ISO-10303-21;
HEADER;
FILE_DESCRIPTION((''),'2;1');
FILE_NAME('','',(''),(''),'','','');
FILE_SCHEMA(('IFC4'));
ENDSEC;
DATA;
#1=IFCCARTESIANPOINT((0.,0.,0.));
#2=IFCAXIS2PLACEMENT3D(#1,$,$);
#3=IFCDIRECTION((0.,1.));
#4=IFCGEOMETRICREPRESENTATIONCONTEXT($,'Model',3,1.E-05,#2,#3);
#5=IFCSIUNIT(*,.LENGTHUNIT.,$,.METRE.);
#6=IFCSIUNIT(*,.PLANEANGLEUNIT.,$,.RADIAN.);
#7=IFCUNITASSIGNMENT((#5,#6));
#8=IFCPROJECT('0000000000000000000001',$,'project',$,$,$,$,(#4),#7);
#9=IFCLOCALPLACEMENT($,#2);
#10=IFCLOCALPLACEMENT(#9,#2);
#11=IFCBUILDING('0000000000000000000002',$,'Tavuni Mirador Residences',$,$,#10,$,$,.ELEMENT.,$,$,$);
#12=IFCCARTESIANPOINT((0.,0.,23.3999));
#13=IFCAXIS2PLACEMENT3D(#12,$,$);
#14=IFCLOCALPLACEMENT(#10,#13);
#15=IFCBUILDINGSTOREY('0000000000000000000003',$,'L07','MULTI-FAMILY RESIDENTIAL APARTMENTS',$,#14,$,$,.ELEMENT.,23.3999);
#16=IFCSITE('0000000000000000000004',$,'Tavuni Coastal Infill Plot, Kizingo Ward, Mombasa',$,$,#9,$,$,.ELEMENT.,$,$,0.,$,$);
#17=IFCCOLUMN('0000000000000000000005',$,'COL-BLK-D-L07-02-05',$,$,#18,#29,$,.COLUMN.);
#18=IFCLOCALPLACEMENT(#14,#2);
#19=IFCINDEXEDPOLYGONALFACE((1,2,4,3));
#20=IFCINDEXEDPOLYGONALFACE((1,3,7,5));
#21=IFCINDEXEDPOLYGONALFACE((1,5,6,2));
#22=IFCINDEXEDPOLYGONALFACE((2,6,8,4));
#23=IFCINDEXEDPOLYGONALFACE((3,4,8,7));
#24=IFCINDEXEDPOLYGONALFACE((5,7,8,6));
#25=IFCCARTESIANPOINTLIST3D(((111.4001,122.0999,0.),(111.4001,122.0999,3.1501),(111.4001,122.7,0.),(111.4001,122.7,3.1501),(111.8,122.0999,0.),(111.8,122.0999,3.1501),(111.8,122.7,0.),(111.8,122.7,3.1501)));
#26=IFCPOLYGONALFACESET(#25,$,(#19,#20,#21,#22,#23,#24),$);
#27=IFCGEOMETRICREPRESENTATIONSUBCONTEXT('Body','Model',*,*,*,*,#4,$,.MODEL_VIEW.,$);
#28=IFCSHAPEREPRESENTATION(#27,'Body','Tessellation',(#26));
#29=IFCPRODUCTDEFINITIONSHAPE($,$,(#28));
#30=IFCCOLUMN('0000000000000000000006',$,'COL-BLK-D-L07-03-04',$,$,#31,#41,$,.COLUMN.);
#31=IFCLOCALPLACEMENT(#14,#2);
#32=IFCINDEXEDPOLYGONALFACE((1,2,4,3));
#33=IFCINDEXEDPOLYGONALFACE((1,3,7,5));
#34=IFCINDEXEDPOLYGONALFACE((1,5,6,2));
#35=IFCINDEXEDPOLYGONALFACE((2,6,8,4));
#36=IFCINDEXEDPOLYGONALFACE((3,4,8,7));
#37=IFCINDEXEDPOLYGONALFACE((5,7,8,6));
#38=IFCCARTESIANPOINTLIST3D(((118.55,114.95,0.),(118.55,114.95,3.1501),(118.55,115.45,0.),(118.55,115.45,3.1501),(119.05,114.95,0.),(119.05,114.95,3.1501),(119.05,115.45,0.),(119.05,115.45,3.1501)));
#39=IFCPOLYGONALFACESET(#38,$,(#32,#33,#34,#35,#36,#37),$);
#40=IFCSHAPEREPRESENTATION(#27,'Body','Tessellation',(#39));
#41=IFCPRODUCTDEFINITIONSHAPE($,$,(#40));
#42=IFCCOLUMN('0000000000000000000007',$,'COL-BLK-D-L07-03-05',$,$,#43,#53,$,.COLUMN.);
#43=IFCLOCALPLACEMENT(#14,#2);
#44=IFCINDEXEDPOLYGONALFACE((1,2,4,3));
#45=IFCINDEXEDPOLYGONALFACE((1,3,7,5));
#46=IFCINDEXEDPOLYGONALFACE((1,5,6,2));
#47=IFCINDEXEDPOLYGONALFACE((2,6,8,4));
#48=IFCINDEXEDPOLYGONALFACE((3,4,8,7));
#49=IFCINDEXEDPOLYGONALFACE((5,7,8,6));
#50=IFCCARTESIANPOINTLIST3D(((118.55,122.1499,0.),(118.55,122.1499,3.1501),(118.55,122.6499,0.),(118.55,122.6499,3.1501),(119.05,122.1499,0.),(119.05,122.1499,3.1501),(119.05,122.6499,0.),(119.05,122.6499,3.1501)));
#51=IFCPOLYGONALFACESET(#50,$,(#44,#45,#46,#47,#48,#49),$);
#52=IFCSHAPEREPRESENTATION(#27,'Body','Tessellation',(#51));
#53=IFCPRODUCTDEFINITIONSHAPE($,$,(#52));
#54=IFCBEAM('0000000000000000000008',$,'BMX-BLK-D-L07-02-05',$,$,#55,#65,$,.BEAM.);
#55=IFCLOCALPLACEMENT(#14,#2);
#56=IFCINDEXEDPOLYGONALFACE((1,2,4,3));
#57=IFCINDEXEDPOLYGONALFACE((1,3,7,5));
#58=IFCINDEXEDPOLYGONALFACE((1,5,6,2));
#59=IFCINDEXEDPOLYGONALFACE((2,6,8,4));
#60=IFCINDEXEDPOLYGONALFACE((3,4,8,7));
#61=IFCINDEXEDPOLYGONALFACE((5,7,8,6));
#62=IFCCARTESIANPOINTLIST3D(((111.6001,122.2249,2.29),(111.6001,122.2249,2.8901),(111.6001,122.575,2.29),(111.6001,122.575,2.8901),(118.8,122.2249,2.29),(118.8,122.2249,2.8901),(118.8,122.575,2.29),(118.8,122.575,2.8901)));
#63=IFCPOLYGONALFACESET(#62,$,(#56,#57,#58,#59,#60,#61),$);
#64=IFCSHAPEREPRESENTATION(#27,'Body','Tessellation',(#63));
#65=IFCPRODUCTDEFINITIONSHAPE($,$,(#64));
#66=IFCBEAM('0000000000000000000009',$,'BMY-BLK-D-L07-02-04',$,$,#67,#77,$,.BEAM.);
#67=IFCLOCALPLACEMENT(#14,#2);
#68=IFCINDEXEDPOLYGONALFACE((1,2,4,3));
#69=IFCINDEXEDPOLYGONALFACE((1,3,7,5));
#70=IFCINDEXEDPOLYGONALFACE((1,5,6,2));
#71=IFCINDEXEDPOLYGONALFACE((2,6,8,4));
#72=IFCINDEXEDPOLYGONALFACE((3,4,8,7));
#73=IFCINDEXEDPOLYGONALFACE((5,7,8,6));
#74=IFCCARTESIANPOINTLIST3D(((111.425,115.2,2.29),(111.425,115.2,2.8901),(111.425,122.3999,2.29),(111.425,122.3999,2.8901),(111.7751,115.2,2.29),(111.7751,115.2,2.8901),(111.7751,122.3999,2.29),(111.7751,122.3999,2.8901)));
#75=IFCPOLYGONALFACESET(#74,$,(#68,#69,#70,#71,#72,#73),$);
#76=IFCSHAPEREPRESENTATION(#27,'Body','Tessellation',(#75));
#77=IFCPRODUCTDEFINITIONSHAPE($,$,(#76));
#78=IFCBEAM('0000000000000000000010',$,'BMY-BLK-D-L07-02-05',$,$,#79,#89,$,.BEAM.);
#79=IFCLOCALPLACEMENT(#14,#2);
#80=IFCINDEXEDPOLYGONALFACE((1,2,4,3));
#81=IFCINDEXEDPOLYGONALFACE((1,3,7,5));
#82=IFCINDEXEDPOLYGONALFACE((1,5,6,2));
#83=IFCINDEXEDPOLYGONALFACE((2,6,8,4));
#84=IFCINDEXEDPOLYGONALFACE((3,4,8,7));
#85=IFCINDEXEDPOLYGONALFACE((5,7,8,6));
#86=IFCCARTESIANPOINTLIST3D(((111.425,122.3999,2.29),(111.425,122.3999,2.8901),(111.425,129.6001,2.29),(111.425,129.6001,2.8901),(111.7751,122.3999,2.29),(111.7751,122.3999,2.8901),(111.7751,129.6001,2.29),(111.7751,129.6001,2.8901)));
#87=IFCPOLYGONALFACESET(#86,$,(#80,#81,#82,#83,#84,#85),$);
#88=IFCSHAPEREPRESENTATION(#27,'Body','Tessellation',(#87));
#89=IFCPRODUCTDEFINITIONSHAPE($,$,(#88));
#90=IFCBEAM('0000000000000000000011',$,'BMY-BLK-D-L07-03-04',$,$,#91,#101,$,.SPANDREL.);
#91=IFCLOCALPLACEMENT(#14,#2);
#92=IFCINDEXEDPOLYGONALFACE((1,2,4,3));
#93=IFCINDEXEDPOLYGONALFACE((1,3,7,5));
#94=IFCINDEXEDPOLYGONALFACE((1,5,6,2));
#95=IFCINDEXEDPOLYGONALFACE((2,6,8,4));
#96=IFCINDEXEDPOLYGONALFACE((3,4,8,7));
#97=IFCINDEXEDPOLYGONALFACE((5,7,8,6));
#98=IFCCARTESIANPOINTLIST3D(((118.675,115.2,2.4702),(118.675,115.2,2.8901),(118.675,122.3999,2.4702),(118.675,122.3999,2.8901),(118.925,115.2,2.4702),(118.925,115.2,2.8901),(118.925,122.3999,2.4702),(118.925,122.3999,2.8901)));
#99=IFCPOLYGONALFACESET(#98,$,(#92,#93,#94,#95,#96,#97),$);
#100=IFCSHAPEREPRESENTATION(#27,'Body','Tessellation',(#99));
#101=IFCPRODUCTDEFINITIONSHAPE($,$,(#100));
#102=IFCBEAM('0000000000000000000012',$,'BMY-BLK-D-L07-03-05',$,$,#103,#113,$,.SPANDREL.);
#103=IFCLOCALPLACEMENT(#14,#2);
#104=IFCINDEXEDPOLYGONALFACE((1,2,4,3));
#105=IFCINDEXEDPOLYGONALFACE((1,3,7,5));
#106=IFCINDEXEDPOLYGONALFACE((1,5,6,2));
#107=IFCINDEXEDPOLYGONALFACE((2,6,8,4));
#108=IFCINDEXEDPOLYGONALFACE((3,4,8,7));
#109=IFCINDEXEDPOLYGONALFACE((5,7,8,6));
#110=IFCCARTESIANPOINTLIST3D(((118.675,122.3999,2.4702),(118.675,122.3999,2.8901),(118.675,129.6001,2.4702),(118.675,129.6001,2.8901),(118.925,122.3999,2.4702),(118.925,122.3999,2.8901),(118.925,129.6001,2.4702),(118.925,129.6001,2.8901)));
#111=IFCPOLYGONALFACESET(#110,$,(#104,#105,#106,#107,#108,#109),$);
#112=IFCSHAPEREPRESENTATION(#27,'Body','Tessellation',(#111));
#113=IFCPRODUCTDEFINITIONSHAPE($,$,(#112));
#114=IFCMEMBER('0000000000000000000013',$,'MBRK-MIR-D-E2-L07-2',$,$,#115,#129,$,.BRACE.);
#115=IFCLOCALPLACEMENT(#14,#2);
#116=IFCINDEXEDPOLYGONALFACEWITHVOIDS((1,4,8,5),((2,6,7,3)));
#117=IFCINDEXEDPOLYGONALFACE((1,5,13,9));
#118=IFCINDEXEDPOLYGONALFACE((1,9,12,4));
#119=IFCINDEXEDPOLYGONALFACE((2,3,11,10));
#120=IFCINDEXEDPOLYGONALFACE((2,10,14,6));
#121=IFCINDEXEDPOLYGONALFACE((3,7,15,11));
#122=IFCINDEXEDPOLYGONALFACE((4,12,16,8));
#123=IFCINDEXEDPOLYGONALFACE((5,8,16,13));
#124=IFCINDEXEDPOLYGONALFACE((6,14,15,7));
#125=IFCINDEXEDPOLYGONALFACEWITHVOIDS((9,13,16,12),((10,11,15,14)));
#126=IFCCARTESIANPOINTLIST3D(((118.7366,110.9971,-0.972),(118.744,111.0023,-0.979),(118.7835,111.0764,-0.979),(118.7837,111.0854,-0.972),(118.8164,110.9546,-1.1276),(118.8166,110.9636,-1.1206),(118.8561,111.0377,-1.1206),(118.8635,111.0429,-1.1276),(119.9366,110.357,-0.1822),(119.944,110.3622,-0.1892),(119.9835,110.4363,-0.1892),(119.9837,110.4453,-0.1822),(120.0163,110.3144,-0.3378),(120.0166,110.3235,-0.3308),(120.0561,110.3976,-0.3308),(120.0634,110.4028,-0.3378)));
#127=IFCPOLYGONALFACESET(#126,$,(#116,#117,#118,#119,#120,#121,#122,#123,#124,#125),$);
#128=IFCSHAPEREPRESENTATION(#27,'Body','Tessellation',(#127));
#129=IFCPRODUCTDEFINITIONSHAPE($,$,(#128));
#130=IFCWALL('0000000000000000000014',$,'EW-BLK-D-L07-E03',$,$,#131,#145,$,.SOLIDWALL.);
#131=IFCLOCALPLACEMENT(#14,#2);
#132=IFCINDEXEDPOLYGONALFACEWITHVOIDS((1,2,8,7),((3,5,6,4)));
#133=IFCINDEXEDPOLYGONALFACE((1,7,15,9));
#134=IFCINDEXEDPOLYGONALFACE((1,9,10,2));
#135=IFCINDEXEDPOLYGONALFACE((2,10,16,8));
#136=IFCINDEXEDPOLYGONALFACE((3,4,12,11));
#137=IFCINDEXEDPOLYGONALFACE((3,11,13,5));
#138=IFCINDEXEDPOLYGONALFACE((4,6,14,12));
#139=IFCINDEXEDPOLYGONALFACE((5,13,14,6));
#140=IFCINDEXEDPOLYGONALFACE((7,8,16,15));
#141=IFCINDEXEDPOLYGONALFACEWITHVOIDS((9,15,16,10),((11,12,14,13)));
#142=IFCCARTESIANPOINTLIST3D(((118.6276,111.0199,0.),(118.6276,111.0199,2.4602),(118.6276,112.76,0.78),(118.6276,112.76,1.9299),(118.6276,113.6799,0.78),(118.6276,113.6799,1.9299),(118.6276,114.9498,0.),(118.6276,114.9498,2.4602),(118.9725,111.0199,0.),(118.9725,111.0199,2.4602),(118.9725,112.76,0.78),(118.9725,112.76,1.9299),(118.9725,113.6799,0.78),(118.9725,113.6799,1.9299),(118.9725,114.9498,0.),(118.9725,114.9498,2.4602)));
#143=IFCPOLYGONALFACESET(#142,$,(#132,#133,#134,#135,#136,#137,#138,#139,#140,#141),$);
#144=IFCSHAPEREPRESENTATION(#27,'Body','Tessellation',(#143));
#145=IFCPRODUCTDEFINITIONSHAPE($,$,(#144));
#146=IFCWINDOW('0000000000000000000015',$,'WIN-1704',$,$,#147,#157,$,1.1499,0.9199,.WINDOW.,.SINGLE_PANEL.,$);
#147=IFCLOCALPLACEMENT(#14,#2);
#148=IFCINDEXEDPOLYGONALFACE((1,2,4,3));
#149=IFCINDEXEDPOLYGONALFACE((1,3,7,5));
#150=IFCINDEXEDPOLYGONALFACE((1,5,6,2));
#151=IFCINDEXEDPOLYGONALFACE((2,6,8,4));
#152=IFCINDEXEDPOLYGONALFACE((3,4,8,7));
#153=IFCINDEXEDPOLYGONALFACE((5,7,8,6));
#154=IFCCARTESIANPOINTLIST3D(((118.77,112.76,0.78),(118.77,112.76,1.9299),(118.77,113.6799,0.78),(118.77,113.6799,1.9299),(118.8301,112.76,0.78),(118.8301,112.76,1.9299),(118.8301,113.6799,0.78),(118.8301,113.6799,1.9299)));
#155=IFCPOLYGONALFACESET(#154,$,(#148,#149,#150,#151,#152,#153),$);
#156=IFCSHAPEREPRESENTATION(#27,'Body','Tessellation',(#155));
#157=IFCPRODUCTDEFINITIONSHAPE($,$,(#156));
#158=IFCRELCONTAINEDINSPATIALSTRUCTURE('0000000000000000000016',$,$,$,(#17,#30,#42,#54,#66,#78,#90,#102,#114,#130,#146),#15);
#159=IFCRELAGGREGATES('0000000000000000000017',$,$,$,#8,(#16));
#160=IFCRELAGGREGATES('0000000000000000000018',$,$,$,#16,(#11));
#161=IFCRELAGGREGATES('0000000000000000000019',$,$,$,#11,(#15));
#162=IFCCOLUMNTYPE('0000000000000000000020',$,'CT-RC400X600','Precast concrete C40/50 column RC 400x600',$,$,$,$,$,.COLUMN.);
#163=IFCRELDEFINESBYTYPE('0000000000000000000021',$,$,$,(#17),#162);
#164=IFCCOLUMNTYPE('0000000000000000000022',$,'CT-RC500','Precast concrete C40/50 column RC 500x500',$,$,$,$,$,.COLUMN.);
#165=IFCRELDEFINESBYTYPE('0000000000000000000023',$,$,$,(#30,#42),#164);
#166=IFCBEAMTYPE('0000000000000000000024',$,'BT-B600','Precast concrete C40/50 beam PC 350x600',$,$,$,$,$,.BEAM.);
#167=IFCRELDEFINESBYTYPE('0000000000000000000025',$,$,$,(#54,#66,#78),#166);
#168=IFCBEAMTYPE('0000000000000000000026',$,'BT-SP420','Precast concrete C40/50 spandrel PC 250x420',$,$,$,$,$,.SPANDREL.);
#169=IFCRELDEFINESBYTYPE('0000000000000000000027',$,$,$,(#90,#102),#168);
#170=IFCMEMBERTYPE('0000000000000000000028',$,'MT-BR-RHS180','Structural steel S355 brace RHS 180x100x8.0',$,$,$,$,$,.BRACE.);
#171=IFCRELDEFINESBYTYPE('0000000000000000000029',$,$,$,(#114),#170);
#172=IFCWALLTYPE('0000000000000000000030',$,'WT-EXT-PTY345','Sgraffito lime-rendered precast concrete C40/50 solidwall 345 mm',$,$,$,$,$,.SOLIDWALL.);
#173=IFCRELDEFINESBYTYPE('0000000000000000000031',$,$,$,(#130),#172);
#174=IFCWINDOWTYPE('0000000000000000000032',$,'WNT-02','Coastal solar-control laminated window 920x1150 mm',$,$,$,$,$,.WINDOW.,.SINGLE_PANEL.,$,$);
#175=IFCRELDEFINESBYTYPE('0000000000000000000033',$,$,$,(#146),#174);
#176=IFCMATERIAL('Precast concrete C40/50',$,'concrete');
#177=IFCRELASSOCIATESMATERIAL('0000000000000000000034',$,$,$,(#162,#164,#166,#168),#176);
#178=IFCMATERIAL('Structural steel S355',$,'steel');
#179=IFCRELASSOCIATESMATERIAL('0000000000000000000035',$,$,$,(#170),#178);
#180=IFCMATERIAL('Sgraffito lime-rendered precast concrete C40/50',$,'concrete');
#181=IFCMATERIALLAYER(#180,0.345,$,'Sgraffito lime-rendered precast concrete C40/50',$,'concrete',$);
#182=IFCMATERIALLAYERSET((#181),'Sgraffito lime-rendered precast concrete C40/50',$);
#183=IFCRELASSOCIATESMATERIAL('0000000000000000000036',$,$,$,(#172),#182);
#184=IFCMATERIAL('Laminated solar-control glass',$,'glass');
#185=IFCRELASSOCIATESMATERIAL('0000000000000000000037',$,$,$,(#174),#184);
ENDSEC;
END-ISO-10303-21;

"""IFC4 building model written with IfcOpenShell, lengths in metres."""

from ifc_helpers import new_model, si_unit, direction, frame, frame_2d, origin, origin_2d, place, context, subcontext, project, spatial, rectangle, hollow_rectangle, extrude, material, layer, layer_set, material_profile, profile_set, type_object, element, fill, save


model = new_model("IFC4")

# Units and contexts
model_context = context("Model", 3, precision=1e-05, world=origin(), true_north=direction((0.0, 1.0)))
body_context = subcontext(model_context, "Body", "Model", "MODEL_VIEW")
ifc_project = project(units=[si_unit("LENGTHUNIT", "METRE"), si_unit("PLANEANGLEUNIT", "RADIAN")], contexts=[model_context])

# Site, building, storey
site_placement = place(None, origin())
site = spatial("IfcSite", under=ifc_project, at=site_placement, Name="Tavuni Coastal Infill Plot, Kizingo Ward, Mombasa", CompositionType="ELEMENT", RefElevation=0.0)
building_placement = place(site_placement, origin())
building = spatial("IfcBuilding", under=site, at=building_placement, Name="Tavuni Mirador Residences", CompositionType="ELEMENT")
storey_placement = place(building_placement, frame((0.0, 0.0, 23.3999)))
storey = spatial("IfcBuildingStorey", under=building, at=storey_placement, Name="L07", Description="MULTI-FAMILY RESIDENTIAL APARTMENTS", CompositionType="ELEMENT", Elevation=23.3999)

# Columns
ifc_material_1 = material(Name="Precast concrete C40/50", Category="concrete")
ifc_material_profile_1 = material_profile(ifc_material_1, rectangle(XDim=0.3999, YDim=0.6001, at=origin_2d()), Name="RC 400x600", Category="concrete")
ifc_profile_set_1 = profile_set([ifc_material_profile_1], Name="Precast concrete C40/50")
column_type_1 = type_object("IfcColumnType", Name="CT-RC400X600", Description="Precast concrete C40/50 column RC 400x600", PredefinedType="COLUMN", material=ifc_profile_set_1)
column_placement = place(storey_placement, frame((111.6001, 122.3999, 0.0), z_axis=(0.0, 0.0, 1.0), x_axis=(1.0, 0.0, 0.0)))
element("IfcColumn", 1, at=column_placement, inside=storey, type_object=column_type_1, Name="COL-BLK-D-L07-02-05", PredefinedType="COLUMN", context=body_context, shape_type="SweptSolid", body=[
    extrude(rectangle(XDim=0.3999, YDim=0.6001, at=origin_2d()), origin(), (0.0, 0.0, 1.0), 3.1501),
])
ifc_material_profile_2 = material_profile(ifc_material_1, rectangle(XDim=0.5, YDim=0.5, at=origin_2d()), Name="RC 500x500", Category="concrete")
ifc_profile_set_2 = profile_set([ifc_material_profile_2], Name="Precast concrete C40/50")
column_type_2 = type_object("IfcColumnType", Name="CT-RC500", Description="Precast concrete C40/50 column RC 500x500", PredefinedType="COLUMN", material=ifc_profile_set_2)
for number, where, z_axis, x_axis, name in (
    (2, (118.8, 115.2, 0.0), (0.0, 0.0, 1.0), (1.0, 0.0, 0.0), "COL-BLK-D-L07-03-04"),
    (3, (118.8, 122.3999, 0.0), (0.0, 0.0, 1.0), (1.0, 0.0, 0.0), "COL-BLK-D-L07-03-05"),
):
    element("IfcColumn", number, at=place(storey_placement, frame(where, z_axis=z_axis, x_axis=x_axis)), inside=storey, type_object=column_type_2, Name=name, PredefinedType="COLUMN", context=body_context, shape_type="SweptSolid", body=[
        extrude(rectangle(XDim=0.5, YDim=0.5, at=origin_2d()), origin(), (0.0, 0.0, 1.0), 3.1501),
    ])

# Beams
ifc_material_profile_3 = material_profile(ifc_material_1, rectangle(XDim=0.3501, YDim=0.6001, at=origin_2d()), Name="PC 350x600", Category="concrete")
ifc_profile_set_3 = profile_set([ifc_material_profile_3], Name="Precast concrete C40/50")
beam_type_1 = type_object("IfcBeamType", Name="BT-B600", Description="Precast concrete C40/50 beam PC 350x600", PredefinedType="BEAM", material=ifc_profile_set_3)
for number, where, z_axis, x_axis, name in (
    (4, (111.6001, 122.3999, 2.5901), (1.0, 0.0, 0.0), (0.0, 1.0, 0.0), "BMX-BLK-D-L07-02-05"),
    (5, (111.6001, 115.2, 2.5901), (0.0, 1.0, 0.0), (-1.0, 0.0, 0.0), "BMY-BLK-D-L07-02-04"),
):
    element("IfcBeam", number, at=place(storey_placement, frame(where, z_axis=z_axis, x_axis=x_axis)), inside=storey, type_object=beam_type_1, Name=name, PredefinedType="BEAM", context=body_context, shape_type="SweptSolid", body=[
        extrude(rectangle(XDim=0.3501, YDim=0.6001, at=origin_2d()), origin(), (0.0, 0.0, 1.0), 7.2),
    ])
beam_1_placement = place(storey_placement, frame((111.6001, 122.3999, 2.5901), z_axis=(0.0, 1.0, 0.0), x_axis=(-1.0, 0.0, 0.0)))
element("IfcBeam", 6, at=beam_1_placement, inside=storey, type_object=beam_type_1, Name="BMY-BLK-D-L07-02-05", PredefinedType="BEAM", context=body_context, shape_type="SweptSolid", body=[
    extrude(rectangle(XDim=0.3501, YDim=0.6001, at=origin_2d()), origin(), (0.0, 0.0, 1.0), 7.2002),
])
ifc_material_profile_4 = material_profile(ifc_material_1, rectangle(XDim=0.25, YDim=0.4199, at=origin_2d()), Name="PC 250x420", Category="concrete")
ifc_profile_set_4 = profile_set([ifc_material_profile_4], Name="Precast concrete C40/50")
beam_type_2 = type_object("IfcBeamType", Name="BT-SP420", Description="Precast concrete C40/50 spandrel PC 250x420", PredefinedType="SPANDREL", material=ifc_profile_set_4)
beam_2_placement = place(storey_placement, frame((118.8, 115.2, 2.6802), z_axis=(0.0, 1.0, 0.0), x_axis=(-1.0, 0.0, 0.0)))
element("IfcBeam", 7, at=beam_2_placement, inside=storey, type_object=beam_type_2, Name="BMY-BLK-D-L07-03-04", PredefinedType="SPANDREL", context=body_context, shape_type="SweptSolid", body=[
    extrude(rectangle(XDim=0.25, YDim=0.4199, at=origin_2d()), origin(), (0.0, 0.0, 1.0), 7.2),
])
beam_3_placement = place(storey_placement, frame((118.8, 122.3999, 2.6802), z_axis=(0.0, 1.0, 0.0), x_axis=(-1.0, 0.0, 0.0)))
element("IfcBeam", 8, at=beam_3_placement, inside=storey, type_object=beam_type_2, Name="BMY-BLK-D-L07-03-05", PredefinedType="SPANDREL", context=body_context, shape_type="SweptSolid", body=[
    extrude(rectangle(XDim=0.25, YDim=0.4199, at=origin_2d()), origin(), (0.0, 0.0, 1.0), 7.2002),
])

# Member
ifc_material_2 = material(Name="Structural steel S355", Category="steel")
ifc_material_profile_5 = material_profile(ifc_material_2, hollow_rectangle(XDim=0.1001, YDim=0.1799, WallThickness=0.0081, at=origin_2d()), Name="RHS 180x100x8.0", Category="steel")
ifc_profile_set_5 = profile_set([ifc_material_profile_5], Name="Structural steel S355")
member_type = type_object("IfcMemberType", Name="MT-BR-RHS180", Description="Structural steel S355 brace RHS 180x100x8.0", PredefinedType="BRACE", material=ifc_profile_set_5)
member_placement = place(storey_placement, frame((118.8, 111.02, -1.0498), z_axis=(0.76298, -0.407026, 0.502186), x_axis=(0.470681, 0.882303, 0.0)))
element("IfcMember", 9, at=member_placement, inside=storey, type_object=member_type, Name="MBRK-MIR-D-E2-L07-2", PredefinedType="BRACE", context=body_context, shape_type="SweptSolid", body=[
    extrude(hollow_rectangle(XDim=0.1001, YDim=0.1799, WallThickness=0.0081, at=origin_2d()), origin(), (0.0, 0.0, 1.0), 1.5728),
])

# Wall, opening, window
ifc_material_3 = material(Name="Sgraffito lime-rendered precast concrete C40/50", Category="concrete")
ifc_layer_1 = layer(ifc_material_3, 0.345, Name="Sgraffito lime-rendered precast concrete C40/50", Category="concrete")
ifc_layer_set_1 = layer_set([ifc_layer_1], Name="Sgraffito lime-rendered precast concrete C40/50")
wall_type_1 = type_object("IfcWallType", Name="WT-EXT-PTY345", Description="Sgraffito lime-rendered precast concrete C40/50 solidwall 345 mm", PredefinedType="SOLIDWALL", material=ifc_layer_set_1)
wall_1_placement = place(storey_placement, frame((118.8, 111.02, 0.0), z_axis=(0.0, 0.0, 1.0), x_axis=(0.0, 1.0, 0.0)))
wall_1 = element("IfcWall", 10, at=wall_1_placement, inside=storey, type_object=wall_type_1, Name="EW-BLK-D-L07-E03", PredefinedType="SOLIDWALL", context=body_context, shape_type="SweptSolid", body=[
    extrude(rectangle(XDim=3.9299, YDim=0.345, at=frame_2d((1.9648, 0.0))), origin(), (0.0, 0.0, 1.0), 2.4602),
])
opening_1_placement = place(wall_1_placement, frame((1.74, 0.0, 0.78)))
opening_1 = element("IfcOpeningElement", 11, at=opening_1_placement, cuts=wall_1, PredefinedType="OPENING", context=body_context, shape_type="SweptSolid", body=[
    extrude(rectangle(XDim=0.9199, YDim=1.1499, at=frame_2d((0.46, 0.575))), frame((0.0, 0.1826, 0.0), z_axis=(0.0, -1.0, 0.0), x_axis=(1.0, 0.0, 0.0)), (0.0, 0.0, 1.0), 0.365),
])
ifc_material_4 = material(Name="Laminated solar-control glass", Category="glass")
window_type_1 = type_object("IfcWindowType", Name="WNT-02", Description="Coastal solar-control laminated window 920x1150 mm", PartitioningType="SINGLE_PANEL", PredefinedType="WINDOW", material=ifc_material_4)
window_1_placement = place(opening_1_placement, origin())
window_1 = element("IfcWindow", 12, at=window_1_placement, inside=storey, type_object=window_type_1, Name="WIN-1704", OverallHeight=1.1499, OverallWidth=0.9199, PartitioningType="SINGLE_PANEL", PredefinedType="WINDOW", context=body_context, shape_type="SweptSolid", body=[
    extrude(rectangle(XDim=0.9199, YDim=1.1499, at=frame_2d((0.46, 0.575))), frame((0.0, 0.03, 0.0), z_axis=(0.0, -1.0, 0.0), x_axis=(1.0, 0.0, 0.0)), (0.0, 0.0, 1.0), 0.0601),
])
fill(opening_1, window_1)

save(model, "model.ifc")
